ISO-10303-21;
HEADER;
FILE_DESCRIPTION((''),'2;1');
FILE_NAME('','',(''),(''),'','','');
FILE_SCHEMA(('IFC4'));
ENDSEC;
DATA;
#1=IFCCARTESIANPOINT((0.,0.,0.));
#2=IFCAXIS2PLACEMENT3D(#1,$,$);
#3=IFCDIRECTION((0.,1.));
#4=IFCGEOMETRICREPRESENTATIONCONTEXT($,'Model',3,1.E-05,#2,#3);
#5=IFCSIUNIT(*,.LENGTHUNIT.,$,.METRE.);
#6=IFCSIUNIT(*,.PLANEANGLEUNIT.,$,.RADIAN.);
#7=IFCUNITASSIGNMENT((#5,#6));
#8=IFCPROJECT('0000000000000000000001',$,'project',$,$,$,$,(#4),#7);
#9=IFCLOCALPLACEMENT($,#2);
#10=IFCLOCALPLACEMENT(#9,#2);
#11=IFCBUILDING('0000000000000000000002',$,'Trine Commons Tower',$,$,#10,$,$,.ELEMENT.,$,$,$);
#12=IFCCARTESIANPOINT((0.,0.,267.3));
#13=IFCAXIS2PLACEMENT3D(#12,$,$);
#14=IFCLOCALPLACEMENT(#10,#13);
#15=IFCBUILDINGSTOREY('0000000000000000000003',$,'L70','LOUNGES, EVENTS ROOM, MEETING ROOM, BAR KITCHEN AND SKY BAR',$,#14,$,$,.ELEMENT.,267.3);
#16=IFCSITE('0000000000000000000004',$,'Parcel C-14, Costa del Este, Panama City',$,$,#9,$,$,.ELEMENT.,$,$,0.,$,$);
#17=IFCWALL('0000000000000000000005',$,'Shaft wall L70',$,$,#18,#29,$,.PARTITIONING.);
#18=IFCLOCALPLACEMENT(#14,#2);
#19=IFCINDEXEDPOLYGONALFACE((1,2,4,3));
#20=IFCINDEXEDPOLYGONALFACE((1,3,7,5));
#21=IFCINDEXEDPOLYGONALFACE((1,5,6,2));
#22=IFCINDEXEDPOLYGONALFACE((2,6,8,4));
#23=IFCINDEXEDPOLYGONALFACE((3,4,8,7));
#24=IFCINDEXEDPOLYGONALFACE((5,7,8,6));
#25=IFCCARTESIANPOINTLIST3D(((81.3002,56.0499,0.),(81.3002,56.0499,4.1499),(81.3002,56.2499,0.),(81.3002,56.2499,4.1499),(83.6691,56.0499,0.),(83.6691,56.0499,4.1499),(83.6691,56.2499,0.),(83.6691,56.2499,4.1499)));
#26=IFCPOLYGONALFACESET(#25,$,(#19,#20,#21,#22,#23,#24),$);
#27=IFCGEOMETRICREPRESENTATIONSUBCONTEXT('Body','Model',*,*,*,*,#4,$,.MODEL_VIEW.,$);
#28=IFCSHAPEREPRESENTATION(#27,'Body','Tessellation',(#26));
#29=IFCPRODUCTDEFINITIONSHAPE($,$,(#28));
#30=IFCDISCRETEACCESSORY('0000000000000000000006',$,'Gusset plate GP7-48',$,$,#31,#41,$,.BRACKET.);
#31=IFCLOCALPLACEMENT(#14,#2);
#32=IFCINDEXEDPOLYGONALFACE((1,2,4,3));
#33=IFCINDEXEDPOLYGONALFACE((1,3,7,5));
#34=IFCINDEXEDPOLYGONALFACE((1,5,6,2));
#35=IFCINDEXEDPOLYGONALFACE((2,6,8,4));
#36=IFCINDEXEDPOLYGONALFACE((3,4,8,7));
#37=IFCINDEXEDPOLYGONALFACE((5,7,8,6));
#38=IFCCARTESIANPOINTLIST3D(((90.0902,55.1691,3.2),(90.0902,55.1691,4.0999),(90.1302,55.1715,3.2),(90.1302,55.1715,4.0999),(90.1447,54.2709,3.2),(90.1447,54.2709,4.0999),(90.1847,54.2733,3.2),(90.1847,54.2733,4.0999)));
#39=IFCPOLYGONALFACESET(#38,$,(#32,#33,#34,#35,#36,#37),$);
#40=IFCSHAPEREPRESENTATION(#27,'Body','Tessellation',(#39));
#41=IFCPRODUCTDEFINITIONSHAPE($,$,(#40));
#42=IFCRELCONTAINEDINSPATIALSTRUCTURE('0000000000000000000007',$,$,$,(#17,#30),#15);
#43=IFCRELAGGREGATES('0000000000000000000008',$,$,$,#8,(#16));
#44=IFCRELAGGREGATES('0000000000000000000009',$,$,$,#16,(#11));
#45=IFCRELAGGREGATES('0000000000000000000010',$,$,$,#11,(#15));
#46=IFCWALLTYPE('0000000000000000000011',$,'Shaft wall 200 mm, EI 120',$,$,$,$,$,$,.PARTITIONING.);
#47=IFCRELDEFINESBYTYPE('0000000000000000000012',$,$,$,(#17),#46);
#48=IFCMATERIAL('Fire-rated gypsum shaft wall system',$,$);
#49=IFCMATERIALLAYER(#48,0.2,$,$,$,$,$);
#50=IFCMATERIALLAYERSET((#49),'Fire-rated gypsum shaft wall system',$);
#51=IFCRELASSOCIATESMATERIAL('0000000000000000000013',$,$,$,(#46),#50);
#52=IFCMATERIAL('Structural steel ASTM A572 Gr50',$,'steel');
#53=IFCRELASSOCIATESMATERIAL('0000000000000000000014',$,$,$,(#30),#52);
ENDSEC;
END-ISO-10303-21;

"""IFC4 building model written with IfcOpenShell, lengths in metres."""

from ifc_helpers import new_model, si_unit, direction, frame, frame_2d, origin, origin_2d, place, context, subcontext, project, spatial, rectangle, extrude, material, layer, layer_set, type_object, element, save


model = new_model("IFC4")

# Units and contexts
model_context = context("Model", 3, precision=1e-05, world=origin(), true_north=direction((0.0, 1.0)))
body_context = subcontext(model_context, "Body", "Model", "MODEL_VIEW")
ifc_project = project(units=[si_unit("LENGTHUNIT", "METRE"), si_unit("PLANEANGLEUNIT", "RADIAN")], contexts=[model_context])

# Site, building, storey
site_placement = place(None, origin())
site = spatial("IfcSite", under=ifc_project, at=site_placement, Name="Parcel C-14, Costa del Este, Panama City", CompositionType="ELEMENT", RefElevation=0.0)
building_placement = place(site_placement, origin())
building = spatial("IfcBuilding", under=site, at=building_placement, Name="Trine Commons Tower", CompositionType="ELEMENT")
storey_placement = place(building_placement, frame((0.0, 0.0, 267.3)))
storey = spatial("IfcBuildingStorey", under=building, at=storey_placement, Name="L70", Description="LOUNGES, EVENTS ROOM, MEETING ROOM, BAR KITCHEN AND SKY BAR", CompositionType="ELEMENT", Elevation=267.3)

# Wall
ifc_material_1 = material(Name="Fire-rated gypsum shaft wall system")
ifc_layer_1 = layer(ifc_material_1, 0.2)
ifc_layer_set_1 = layer_set([ifc_layer_1], Name="Fire-rated gypsum shaft wall system")
wall_type_1 = type_object("IfcWallType", Name="Shaft wall 200 mm, EI 120", PredefinedType="PARTITIONING", material=ifc_layer_set_1)
wall_1_placement = place(storey_placement, frame((81.3, 56.1499, 0.0), z_axis=(0.0, 0.0, 1.0), x_axis=(1.0, 0.0, 0.0)))
element("IfcWall", 1, at=wall_1_placement, inside=storey, type_object=wall_type_1, Name="Shaft wall L70", PredefinedType="PARTITIONING", context=body_context, shape_type="SweptSolid", body=[
    extrude(rectangle(XDim=2.3689, YDim=0.2, at=frame_2d((1.1846, 0.0))), origin(), (0.0, 0.0, 1.0), 4.1499),
])

# Discrete accessory
ifc_material_2 = material(Name="Structural steel ASTM A572 Gr50", Category="steel")
discrete_accessory_placement = place(storey_placement, frame((90.1375, 54.7212, 3.2), z_axis=(0.0, 0.0, 1.0), x_axis=(-0.060543, 0.998166, 0.0)))
element("IfcDiscreteAccessory", 2, at=discrete_accessory_placement, inside=storey, material=ifc_material_2, Name="Gusset plate GP7-48", PredefinedType="BRACKET", context=body_context, shape_type="SweptSolid", body=[
    extrude(rectangle(XDim=0.8999, YDim=0.04, at=origin_2d()), origin(), (0.0, 0.0, 1.0), 0.8999),
])

save(model, "model.ifc")
